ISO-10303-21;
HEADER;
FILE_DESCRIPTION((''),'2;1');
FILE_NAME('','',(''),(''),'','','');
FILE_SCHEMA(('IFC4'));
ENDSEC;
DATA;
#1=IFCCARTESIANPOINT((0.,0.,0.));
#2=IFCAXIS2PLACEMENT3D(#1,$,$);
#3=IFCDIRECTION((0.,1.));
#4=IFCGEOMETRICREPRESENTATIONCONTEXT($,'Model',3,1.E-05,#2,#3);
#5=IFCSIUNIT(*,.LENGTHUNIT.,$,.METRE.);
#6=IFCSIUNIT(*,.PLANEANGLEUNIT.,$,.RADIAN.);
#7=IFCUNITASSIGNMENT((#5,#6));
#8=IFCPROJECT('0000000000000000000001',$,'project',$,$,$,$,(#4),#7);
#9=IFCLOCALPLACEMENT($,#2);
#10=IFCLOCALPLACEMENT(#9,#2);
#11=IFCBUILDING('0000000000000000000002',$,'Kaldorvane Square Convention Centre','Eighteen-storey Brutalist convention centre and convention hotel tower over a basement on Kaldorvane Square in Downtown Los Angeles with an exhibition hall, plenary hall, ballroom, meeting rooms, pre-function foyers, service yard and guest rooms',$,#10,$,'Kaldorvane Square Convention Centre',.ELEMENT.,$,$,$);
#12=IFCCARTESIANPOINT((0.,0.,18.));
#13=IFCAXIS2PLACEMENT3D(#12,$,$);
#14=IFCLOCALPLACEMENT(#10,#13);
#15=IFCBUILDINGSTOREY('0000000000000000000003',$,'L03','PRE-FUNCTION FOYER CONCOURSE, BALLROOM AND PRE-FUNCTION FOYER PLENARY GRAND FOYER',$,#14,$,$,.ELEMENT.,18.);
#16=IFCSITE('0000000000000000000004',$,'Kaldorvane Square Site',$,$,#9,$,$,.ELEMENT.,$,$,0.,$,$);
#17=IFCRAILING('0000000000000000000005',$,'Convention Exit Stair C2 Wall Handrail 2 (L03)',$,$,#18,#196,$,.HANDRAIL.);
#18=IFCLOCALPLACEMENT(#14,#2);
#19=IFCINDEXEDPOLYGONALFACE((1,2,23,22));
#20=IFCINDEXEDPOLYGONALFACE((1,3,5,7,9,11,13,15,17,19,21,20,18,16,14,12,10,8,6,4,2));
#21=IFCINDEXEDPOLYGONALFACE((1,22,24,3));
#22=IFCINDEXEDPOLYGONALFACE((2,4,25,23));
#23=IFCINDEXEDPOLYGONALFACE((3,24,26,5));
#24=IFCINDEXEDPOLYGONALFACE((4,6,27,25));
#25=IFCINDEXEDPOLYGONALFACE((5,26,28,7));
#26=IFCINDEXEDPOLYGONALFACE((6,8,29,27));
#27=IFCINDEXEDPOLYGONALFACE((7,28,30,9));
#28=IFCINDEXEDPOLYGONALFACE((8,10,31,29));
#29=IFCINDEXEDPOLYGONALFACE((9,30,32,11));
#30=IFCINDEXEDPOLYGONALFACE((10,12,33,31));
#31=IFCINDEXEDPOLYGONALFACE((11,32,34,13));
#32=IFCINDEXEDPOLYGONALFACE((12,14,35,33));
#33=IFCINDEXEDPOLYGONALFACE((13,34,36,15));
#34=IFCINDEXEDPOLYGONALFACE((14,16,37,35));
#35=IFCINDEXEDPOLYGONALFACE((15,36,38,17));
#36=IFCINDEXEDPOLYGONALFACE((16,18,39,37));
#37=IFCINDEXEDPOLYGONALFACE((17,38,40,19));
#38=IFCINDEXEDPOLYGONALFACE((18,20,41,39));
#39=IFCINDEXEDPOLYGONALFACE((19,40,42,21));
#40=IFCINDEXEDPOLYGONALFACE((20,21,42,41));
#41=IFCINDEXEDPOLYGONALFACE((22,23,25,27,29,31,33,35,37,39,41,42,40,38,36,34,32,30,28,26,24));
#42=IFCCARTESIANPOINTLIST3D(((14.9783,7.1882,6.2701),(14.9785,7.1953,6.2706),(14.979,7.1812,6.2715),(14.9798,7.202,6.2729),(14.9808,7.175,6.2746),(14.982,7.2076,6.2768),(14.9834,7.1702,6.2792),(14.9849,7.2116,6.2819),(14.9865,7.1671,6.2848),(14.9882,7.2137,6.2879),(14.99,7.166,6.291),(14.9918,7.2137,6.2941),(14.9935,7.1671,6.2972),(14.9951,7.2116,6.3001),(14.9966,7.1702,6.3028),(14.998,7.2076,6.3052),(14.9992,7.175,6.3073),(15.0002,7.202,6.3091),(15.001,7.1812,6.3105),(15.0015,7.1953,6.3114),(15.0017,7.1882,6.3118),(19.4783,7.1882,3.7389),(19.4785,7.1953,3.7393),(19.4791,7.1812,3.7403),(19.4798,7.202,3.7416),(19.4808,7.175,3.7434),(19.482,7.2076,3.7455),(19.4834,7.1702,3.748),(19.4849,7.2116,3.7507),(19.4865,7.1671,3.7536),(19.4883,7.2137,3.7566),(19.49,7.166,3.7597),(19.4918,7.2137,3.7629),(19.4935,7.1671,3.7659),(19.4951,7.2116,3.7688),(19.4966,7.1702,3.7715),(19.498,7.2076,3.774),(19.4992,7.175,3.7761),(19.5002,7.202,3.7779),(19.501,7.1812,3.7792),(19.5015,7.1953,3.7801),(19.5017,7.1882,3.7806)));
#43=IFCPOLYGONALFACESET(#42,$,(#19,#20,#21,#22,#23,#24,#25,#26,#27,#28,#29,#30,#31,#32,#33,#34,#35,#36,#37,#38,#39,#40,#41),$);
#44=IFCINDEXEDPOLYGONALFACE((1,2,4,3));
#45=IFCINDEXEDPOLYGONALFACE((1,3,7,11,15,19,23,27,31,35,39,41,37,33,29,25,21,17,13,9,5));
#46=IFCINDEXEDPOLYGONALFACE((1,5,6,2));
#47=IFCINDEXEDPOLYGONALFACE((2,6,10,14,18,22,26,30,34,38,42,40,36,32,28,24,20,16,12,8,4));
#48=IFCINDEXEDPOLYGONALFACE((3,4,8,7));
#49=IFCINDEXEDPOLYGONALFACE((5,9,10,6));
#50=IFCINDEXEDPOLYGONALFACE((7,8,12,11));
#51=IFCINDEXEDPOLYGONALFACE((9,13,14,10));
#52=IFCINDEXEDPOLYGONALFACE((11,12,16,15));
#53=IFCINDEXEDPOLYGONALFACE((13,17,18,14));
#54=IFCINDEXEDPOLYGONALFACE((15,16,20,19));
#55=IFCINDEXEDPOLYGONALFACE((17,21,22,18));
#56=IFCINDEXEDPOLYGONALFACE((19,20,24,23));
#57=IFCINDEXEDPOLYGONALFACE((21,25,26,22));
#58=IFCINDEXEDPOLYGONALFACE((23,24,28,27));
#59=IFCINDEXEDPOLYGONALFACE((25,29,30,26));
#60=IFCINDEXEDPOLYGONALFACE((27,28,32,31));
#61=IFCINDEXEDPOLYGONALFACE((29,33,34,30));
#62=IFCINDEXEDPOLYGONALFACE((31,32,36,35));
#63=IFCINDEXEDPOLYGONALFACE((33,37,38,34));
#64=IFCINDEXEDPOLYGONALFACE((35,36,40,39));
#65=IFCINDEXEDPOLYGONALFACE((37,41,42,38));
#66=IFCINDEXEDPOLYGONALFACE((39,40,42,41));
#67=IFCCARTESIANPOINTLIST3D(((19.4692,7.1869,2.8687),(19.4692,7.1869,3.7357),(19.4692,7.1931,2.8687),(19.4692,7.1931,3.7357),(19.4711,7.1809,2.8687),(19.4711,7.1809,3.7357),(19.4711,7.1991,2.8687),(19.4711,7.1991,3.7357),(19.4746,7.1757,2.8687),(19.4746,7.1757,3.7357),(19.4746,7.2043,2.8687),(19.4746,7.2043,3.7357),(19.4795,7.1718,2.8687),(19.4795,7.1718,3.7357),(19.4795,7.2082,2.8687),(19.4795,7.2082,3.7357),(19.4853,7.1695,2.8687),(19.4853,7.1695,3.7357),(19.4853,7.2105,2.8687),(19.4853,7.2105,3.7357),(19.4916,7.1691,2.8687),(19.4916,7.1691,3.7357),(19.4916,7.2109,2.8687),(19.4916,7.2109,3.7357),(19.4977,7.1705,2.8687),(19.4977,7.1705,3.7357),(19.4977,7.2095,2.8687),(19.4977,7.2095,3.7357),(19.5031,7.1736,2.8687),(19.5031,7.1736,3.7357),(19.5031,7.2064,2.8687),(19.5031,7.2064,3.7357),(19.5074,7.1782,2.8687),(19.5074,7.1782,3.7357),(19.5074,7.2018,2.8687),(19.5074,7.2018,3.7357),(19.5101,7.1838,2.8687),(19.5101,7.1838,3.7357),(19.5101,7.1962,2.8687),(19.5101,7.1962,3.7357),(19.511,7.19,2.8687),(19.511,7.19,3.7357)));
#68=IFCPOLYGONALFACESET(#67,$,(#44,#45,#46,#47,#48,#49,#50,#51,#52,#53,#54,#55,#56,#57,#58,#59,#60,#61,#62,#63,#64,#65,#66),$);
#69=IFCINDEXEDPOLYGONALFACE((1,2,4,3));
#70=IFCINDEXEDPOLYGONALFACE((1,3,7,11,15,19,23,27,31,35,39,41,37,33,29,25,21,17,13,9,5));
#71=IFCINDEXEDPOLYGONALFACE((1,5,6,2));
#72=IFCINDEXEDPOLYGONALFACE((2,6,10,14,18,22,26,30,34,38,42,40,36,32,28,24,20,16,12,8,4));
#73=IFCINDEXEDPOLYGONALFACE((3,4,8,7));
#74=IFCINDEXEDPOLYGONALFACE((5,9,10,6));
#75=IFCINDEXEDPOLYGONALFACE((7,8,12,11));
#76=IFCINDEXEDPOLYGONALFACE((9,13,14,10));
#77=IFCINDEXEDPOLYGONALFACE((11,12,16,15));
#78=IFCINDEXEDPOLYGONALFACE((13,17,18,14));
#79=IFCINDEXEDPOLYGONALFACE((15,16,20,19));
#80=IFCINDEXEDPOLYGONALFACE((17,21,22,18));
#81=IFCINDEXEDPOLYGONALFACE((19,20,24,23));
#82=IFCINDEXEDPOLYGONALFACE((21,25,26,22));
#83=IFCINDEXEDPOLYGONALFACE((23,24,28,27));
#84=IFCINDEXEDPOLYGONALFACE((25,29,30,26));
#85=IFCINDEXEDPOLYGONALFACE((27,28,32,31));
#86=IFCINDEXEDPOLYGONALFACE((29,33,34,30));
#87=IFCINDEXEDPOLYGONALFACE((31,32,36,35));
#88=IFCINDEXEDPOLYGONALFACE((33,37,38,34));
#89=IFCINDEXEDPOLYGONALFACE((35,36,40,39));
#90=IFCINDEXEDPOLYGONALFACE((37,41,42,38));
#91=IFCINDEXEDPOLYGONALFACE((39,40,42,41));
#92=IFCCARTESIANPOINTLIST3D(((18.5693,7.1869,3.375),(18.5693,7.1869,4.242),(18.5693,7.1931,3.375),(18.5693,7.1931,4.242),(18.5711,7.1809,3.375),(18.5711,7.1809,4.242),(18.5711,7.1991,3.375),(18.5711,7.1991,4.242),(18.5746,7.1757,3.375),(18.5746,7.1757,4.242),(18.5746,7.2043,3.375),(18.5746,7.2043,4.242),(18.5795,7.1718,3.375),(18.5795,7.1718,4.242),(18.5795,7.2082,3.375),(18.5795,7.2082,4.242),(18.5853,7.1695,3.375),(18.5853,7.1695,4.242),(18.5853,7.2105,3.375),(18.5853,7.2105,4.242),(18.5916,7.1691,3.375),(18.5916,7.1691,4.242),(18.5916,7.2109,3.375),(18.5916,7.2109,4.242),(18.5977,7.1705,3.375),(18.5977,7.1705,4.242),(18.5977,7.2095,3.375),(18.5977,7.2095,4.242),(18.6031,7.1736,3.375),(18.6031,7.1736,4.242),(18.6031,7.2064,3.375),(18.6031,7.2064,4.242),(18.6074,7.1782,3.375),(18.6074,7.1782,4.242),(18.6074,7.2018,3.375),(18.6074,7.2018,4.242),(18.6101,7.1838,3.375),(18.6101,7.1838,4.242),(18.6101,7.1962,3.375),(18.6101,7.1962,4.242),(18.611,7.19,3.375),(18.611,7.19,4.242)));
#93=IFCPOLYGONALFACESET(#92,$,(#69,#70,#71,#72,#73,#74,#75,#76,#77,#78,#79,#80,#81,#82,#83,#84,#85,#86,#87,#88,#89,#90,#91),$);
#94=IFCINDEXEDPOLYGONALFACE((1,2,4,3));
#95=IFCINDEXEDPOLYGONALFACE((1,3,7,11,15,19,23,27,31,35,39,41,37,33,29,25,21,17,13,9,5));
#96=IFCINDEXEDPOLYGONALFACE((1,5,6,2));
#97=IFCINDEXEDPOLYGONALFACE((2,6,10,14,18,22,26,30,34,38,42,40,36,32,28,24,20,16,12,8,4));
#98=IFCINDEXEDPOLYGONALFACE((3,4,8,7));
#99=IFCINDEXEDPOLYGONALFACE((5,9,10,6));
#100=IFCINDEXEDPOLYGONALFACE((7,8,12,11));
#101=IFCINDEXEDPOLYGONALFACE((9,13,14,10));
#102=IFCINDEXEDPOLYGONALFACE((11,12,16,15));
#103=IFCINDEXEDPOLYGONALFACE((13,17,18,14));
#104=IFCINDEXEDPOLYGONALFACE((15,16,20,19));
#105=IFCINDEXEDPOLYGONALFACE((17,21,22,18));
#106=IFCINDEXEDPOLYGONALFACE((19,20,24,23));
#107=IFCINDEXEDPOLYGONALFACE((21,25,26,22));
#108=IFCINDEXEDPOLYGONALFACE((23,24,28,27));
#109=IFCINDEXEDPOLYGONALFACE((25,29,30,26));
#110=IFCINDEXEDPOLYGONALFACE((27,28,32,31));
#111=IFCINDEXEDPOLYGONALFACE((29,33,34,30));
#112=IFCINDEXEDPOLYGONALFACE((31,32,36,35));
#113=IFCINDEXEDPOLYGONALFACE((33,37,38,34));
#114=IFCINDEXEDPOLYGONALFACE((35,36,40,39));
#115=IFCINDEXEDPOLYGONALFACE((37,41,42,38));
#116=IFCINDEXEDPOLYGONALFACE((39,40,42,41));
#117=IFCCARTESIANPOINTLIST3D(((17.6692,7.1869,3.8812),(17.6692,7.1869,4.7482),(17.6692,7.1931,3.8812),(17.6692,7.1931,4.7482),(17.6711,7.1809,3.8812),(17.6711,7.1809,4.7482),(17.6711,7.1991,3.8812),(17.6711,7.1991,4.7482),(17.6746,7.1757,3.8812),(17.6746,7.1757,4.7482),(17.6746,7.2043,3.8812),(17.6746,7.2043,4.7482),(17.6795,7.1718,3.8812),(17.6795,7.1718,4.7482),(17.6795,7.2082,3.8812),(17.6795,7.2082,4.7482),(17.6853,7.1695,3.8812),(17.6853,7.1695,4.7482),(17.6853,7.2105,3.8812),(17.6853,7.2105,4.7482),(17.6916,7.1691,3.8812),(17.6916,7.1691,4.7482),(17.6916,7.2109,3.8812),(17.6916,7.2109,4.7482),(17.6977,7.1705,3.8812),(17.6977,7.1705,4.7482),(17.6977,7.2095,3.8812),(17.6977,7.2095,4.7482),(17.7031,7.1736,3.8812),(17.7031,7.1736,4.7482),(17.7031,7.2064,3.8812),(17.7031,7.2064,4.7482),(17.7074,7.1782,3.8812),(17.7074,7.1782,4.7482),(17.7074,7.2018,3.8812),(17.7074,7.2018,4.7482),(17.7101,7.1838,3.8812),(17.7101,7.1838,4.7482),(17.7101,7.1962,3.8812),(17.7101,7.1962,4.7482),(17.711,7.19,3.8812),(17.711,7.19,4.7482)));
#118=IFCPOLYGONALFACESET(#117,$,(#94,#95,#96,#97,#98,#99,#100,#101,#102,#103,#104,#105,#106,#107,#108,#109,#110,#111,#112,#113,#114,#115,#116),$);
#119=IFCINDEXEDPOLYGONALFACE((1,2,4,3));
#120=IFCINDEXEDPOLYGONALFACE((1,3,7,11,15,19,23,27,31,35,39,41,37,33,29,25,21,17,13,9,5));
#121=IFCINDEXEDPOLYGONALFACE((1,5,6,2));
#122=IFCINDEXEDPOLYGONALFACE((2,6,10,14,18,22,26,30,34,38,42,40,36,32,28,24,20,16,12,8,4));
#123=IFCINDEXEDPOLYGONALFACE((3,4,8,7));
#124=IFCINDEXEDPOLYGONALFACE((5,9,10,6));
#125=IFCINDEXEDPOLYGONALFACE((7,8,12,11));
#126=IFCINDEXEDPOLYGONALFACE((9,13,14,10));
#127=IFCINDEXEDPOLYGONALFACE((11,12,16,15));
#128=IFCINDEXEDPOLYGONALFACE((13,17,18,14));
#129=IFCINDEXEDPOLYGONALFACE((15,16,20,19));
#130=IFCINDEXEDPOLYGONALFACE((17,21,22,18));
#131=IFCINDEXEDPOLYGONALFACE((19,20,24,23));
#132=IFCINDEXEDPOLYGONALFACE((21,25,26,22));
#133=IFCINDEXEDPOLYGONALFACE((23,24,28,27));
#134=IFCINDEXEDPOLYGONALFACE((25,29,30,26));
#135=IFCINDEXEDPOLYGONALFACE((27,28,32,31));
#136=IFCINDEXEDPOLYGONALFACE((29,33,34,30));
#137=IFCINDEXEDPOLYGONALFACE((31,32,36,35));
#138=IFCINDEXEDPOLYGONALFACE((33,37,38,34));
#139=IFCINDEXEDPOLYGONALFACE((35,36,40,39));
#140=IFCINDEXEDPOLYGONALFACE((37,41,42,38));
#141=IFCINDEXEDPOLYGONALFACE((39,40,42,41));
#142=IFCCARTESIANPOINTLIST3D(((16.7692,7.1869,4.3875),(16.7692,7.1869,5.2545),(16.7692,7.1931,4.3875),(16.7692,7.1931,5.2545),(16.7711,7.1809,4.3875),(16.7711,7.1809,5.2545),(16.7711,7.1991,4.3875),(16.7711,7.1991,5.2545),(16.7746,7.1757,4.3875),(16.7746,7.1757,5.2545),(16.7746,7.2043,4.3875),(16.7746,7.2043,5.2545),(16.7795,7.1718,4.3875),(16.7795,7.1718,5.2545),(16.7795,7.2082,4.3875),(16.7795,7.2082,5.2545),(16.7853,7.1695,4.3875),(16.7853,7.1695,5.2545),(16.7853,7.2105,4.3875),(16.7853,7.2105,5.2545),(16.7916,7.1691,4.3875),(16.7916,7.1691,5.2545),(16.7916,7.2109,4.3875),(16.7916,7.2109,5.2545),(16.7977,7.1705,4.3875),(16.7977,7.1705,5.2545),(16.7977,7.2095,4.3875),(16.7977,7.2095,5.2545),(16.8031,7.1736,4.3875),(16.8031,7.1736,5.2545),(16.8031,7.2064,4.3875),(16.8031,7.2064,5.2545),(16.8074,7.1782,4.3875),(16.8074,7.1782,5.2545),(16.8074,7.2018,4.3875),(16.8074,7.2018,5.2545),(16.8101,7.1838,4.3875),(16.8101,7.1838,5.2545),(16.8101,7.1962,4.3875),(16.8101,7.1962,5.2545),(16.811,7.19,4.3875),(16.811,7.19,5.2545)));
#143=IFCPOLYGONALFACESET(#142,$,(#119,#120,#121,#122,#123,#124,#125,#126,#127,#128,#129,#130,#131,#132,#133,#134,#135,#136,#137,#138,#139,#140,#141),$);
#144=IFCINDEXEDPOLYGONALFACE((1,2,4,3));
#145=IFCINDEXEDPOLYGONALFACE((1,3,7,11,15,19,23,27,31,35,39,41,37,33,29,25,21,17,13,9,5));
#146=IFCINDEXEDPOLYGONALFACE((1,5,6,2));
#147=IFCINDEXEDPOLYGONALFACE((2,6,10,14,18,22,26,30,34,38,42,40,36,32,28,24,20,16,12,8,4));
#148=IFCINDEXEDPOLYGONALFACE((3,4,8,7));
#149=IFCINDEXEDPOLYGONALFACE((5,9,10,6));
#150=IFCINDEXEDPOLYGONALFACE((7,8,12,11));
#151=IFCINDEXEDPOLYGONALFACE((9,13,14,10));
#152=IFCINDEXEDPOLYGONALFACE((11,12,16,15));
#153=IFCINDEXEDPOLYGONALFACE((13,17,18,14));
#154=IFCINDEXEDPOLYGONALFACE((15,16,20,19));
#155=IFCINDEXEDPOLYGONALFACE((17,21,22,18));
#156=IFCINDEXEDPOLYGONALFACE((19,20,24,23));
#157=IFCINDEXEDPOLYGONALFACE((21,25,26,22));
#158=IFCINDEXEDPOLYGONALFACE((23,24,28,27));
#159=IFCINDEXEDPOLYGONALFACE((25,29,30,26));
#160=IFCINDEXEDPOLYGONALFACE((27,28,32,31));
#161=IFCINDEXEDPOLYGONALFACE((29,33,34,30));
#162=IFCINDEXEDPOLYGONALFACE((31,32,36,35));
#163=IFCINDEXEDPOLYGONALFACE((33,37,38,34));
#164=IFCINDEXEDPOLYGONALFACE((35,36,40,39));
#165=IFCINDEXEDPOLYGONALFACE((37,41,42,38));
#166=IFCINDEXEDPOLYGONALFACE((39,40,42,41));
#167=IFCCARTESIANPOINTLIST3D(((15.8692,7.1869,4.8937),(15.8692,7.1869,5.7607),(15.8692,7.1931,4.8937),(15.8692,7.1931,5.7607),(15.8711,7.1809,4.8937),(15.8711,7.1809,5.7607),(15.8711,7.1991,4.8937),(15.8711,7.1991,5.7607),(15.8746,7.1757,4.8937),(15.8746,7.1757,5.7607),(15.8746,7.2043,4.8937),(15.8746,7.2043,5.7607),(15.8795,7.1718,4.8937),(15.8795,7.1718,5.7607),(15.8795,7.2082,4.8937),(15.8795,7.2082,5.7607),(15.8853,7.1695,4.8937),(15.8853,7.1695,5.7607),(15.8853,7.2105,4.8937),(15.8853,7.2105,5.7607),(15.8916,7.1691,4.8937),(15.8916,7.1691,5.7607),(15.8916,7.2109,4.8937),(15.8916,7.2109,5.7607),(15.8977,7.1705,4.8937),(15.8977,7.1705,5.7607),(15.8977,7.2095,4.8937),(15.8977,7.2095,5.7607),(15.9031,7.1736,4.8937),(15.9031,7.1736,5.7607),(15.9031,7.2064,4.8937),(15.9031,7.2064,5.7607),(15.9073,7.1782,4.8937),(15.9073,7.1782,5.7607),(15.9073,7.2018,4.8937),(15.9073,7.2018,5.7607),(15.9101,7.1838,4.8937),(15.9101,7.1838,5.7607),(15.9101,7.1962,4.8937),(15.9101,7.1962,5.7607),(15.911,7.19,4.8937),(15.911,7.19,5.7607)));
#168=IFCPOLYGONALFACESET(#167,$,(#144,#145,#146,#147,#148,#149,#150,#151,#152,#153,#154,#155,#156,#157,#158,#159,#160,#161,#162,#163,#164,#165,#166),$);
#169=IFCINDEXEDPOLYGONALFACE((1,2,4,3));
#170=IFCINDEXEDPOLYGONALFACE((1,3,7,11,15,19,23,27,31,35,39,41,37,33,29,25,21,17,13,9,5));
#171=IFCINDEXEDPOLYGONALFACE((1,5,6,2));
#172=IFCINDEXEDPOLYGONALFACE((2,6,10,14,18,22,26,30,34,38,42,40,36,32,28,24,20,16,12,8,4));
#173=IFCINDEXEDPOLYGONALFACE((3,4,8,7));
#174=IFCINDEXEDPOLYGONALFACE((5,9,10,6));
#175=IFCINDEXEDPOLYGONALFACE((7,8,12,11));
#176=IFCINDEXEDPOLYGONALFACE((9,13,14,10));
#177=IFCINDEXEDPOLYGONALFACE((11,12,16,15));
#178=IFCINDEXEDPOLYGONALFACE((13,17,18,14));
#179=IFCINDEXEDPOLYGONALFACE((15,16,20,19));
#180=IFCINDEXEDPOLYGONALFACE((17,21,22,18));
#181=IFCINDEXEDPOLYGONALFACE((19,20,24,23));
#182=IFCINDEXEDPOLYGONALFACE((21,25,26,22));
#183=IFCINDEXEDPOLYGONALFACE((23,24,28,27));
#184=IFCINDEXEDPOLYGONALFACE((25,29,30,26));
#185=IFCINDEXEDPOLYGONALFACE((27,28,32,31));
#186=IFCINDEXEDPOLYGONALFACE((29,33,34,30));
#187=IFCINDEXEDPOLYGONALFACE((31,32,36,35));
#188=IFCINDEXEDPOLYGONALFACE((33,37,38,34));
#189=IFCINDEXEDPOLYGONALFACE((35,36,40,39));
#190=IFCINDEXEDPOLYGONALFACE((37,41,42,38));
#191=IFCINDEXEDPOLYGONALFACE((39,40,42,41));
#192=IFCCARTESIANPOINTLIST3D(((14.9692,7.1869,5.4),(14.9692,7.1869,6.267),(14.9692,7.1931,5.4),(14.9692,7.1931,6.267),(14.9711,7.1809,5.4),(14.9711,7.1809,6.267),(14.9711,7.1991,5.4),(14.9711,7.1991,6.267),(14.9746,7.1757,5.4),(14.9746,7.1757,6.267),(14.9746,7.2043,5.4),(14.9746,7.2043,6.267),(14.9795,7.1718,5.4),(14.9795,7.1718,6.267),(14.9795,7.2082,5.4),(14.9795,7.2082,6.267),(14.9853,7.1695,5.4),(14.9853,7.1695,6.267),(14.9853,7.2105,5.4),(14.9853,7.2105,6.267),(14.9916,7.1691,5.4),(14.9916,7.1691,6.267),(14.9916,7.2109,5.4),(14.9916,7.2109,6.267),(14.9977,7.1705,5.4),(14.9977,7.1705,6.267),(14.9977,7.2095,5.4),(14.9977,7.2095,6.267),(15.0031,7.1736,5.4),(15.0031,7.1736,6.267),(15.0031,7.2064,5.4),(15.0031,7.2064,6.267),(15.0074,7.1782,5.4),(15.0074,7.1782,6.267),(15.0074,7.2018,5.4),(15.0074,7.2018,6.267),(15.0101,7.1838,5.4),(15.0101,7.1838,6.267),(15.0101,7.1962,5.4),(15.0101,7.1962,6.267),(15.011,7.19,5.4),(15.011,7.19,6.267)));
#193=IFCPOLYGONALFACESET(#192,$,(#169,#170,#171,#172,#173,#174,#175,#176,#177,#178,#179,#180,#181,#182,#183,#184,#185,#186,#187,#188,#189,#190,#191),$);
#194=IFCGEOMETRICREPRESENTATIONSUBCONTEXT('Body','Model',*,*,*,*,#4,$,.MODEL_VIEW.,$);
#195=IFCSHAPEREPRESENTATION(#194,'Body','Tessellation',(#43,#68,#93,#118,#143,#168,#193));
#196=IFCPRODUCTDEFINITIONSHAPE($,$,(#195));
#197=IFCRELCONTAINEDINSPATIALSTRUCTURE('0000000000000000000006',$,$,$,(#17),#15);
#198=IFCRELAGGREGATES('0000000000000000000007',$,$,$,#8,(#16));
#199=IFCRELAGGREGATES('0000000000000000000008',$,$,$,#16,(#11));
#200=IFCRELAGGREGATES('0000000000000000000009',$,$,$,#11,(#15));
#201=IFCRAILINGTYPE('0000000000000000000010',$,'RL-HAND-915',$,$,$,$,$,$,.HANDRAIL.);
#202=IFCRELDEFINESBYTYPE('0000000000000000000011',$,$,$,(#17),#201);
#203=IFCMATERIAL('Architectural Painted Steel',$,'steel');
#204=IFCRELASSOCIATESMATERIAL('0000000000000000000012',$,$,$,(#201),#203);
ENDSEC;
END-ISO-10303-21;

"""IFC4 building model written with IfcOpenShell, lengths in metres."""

from ifc_helpers import new_model, si_unit, direction, frame, origin, origin_2d, place, context, subcontext, project, spatial, circle, extrude, material, type_object, element, save


model = new_model("IFC4")

# Units and contexts
model_context = context("Model", 3, precision=1e-05, world=origin(), true_north=direction((0.0, 1.0)))
body_context = subcontext(model_context, "Body", "Model", "MODEL_VIEW")
ifc_project = project(units=[si_unit("LENGTHUNIT", "METRE"), si_unit("PLANEANGLEUNIT", "RADIAN")], contexts=[model_context])

# Site, building, storey
site_placement = place(None, origin())
site = spatial("IfcSite", under=ifc_project, at=site_placement, Name="Kaldorvane Square Site", CompositionType="ELEMENT", RefElevation=0.0)
building_placement = place(site_placement, origin())
building = spatial("IfcBuilding", under=site, at=building_placement, Name="Kaldorvane Square Convention Centre", Description="Eighteen-storey Brutalist convention centre and convention hotel tower over a basement on Kaldorvane Square in Downtown Los Angeles with an exhibition hall, plenary hall, ballroom, meeting rooms, pre-function foyers, service yard and guest rooms", LongName="Kaldorvane Square Convention Centre", CompositionType="ELEMENT")
storey_placement = place(building_placement, frame((0.0, 0.0, 18.0)))
storey = spatial("IfcBuildingStorey", under=building, at=storey_placement, Name="L03", Description="PRE-FUNCTION FOYER CONCOURSE, BALLROOM AND PRE-FUNCTION FOYER PLENARY GRAND FOYER", CompositionType="ELEMENT", Elevation=18.0)

# Railing
ifc_material_1 = material(Name="Architectural Painted Steel", Category="steel")
railing_type_1 = type_object("IfcRailingType", Name="RL-HAND-915", PredefinedType="HANDRAIL", material=ifc_material_1)
railing_1_placement = place(storey_placement, frame((19.49, 7.19, 2.8687)))
element("IfcRailing", 1, at=railing_1_placement, inside=storey, type_object=railing_type_1, Name="Convention Exit Stair C2 Wall Handrail 2 (L03)", PredefinedType="HANDRAIL", context=body_context, shape_type="SweptSolid", body=[
    extrude(circle(Radius=0.024, at=origin_2d()), frame((0.0, 0.0, 0.891), z_axis=(-0.871576, 0.0, 0.490261), x_axis=(0.0, -1.0, 0.0)), (0.0, 0.0, 1.0), 5.1631),
    extrude(circle(Radius=0.021, at=origin_2d()), origin(), (0.0, 0.0, 1.0), 0.867),
    extrude(circle(Radius=0.021, at=origin_2d()), frame((-0.9, 0.0, 0.5063)), (0.0, 0.0, 1.0), 0.867),
    extrude(circle(Radius=0.021, at=origin_2d()), frame((-1.8, 0.0, 1.0125)), (0.0, 0.0, 1.0), 0.867),
    extrude(circle(Radius=0.021, at=origin_2d()), frame((-2.7, 0.0, 1.5188)), (0.0, 0.0, 1.0), 0.867),
    extrude(circle(Radius=0.021, at=origin_2d()), frame((-3.6, 0.0, 2.025)), (0.0, 0.0, 1.0), 0.867),
    extrude(circle(Radius=0.021, at=origin_2d()), frame((-4.5, 0.0, 2.5312)), (0.0, 0.0, 1.0), 0.867),
])

save(model, "model.ifc")
